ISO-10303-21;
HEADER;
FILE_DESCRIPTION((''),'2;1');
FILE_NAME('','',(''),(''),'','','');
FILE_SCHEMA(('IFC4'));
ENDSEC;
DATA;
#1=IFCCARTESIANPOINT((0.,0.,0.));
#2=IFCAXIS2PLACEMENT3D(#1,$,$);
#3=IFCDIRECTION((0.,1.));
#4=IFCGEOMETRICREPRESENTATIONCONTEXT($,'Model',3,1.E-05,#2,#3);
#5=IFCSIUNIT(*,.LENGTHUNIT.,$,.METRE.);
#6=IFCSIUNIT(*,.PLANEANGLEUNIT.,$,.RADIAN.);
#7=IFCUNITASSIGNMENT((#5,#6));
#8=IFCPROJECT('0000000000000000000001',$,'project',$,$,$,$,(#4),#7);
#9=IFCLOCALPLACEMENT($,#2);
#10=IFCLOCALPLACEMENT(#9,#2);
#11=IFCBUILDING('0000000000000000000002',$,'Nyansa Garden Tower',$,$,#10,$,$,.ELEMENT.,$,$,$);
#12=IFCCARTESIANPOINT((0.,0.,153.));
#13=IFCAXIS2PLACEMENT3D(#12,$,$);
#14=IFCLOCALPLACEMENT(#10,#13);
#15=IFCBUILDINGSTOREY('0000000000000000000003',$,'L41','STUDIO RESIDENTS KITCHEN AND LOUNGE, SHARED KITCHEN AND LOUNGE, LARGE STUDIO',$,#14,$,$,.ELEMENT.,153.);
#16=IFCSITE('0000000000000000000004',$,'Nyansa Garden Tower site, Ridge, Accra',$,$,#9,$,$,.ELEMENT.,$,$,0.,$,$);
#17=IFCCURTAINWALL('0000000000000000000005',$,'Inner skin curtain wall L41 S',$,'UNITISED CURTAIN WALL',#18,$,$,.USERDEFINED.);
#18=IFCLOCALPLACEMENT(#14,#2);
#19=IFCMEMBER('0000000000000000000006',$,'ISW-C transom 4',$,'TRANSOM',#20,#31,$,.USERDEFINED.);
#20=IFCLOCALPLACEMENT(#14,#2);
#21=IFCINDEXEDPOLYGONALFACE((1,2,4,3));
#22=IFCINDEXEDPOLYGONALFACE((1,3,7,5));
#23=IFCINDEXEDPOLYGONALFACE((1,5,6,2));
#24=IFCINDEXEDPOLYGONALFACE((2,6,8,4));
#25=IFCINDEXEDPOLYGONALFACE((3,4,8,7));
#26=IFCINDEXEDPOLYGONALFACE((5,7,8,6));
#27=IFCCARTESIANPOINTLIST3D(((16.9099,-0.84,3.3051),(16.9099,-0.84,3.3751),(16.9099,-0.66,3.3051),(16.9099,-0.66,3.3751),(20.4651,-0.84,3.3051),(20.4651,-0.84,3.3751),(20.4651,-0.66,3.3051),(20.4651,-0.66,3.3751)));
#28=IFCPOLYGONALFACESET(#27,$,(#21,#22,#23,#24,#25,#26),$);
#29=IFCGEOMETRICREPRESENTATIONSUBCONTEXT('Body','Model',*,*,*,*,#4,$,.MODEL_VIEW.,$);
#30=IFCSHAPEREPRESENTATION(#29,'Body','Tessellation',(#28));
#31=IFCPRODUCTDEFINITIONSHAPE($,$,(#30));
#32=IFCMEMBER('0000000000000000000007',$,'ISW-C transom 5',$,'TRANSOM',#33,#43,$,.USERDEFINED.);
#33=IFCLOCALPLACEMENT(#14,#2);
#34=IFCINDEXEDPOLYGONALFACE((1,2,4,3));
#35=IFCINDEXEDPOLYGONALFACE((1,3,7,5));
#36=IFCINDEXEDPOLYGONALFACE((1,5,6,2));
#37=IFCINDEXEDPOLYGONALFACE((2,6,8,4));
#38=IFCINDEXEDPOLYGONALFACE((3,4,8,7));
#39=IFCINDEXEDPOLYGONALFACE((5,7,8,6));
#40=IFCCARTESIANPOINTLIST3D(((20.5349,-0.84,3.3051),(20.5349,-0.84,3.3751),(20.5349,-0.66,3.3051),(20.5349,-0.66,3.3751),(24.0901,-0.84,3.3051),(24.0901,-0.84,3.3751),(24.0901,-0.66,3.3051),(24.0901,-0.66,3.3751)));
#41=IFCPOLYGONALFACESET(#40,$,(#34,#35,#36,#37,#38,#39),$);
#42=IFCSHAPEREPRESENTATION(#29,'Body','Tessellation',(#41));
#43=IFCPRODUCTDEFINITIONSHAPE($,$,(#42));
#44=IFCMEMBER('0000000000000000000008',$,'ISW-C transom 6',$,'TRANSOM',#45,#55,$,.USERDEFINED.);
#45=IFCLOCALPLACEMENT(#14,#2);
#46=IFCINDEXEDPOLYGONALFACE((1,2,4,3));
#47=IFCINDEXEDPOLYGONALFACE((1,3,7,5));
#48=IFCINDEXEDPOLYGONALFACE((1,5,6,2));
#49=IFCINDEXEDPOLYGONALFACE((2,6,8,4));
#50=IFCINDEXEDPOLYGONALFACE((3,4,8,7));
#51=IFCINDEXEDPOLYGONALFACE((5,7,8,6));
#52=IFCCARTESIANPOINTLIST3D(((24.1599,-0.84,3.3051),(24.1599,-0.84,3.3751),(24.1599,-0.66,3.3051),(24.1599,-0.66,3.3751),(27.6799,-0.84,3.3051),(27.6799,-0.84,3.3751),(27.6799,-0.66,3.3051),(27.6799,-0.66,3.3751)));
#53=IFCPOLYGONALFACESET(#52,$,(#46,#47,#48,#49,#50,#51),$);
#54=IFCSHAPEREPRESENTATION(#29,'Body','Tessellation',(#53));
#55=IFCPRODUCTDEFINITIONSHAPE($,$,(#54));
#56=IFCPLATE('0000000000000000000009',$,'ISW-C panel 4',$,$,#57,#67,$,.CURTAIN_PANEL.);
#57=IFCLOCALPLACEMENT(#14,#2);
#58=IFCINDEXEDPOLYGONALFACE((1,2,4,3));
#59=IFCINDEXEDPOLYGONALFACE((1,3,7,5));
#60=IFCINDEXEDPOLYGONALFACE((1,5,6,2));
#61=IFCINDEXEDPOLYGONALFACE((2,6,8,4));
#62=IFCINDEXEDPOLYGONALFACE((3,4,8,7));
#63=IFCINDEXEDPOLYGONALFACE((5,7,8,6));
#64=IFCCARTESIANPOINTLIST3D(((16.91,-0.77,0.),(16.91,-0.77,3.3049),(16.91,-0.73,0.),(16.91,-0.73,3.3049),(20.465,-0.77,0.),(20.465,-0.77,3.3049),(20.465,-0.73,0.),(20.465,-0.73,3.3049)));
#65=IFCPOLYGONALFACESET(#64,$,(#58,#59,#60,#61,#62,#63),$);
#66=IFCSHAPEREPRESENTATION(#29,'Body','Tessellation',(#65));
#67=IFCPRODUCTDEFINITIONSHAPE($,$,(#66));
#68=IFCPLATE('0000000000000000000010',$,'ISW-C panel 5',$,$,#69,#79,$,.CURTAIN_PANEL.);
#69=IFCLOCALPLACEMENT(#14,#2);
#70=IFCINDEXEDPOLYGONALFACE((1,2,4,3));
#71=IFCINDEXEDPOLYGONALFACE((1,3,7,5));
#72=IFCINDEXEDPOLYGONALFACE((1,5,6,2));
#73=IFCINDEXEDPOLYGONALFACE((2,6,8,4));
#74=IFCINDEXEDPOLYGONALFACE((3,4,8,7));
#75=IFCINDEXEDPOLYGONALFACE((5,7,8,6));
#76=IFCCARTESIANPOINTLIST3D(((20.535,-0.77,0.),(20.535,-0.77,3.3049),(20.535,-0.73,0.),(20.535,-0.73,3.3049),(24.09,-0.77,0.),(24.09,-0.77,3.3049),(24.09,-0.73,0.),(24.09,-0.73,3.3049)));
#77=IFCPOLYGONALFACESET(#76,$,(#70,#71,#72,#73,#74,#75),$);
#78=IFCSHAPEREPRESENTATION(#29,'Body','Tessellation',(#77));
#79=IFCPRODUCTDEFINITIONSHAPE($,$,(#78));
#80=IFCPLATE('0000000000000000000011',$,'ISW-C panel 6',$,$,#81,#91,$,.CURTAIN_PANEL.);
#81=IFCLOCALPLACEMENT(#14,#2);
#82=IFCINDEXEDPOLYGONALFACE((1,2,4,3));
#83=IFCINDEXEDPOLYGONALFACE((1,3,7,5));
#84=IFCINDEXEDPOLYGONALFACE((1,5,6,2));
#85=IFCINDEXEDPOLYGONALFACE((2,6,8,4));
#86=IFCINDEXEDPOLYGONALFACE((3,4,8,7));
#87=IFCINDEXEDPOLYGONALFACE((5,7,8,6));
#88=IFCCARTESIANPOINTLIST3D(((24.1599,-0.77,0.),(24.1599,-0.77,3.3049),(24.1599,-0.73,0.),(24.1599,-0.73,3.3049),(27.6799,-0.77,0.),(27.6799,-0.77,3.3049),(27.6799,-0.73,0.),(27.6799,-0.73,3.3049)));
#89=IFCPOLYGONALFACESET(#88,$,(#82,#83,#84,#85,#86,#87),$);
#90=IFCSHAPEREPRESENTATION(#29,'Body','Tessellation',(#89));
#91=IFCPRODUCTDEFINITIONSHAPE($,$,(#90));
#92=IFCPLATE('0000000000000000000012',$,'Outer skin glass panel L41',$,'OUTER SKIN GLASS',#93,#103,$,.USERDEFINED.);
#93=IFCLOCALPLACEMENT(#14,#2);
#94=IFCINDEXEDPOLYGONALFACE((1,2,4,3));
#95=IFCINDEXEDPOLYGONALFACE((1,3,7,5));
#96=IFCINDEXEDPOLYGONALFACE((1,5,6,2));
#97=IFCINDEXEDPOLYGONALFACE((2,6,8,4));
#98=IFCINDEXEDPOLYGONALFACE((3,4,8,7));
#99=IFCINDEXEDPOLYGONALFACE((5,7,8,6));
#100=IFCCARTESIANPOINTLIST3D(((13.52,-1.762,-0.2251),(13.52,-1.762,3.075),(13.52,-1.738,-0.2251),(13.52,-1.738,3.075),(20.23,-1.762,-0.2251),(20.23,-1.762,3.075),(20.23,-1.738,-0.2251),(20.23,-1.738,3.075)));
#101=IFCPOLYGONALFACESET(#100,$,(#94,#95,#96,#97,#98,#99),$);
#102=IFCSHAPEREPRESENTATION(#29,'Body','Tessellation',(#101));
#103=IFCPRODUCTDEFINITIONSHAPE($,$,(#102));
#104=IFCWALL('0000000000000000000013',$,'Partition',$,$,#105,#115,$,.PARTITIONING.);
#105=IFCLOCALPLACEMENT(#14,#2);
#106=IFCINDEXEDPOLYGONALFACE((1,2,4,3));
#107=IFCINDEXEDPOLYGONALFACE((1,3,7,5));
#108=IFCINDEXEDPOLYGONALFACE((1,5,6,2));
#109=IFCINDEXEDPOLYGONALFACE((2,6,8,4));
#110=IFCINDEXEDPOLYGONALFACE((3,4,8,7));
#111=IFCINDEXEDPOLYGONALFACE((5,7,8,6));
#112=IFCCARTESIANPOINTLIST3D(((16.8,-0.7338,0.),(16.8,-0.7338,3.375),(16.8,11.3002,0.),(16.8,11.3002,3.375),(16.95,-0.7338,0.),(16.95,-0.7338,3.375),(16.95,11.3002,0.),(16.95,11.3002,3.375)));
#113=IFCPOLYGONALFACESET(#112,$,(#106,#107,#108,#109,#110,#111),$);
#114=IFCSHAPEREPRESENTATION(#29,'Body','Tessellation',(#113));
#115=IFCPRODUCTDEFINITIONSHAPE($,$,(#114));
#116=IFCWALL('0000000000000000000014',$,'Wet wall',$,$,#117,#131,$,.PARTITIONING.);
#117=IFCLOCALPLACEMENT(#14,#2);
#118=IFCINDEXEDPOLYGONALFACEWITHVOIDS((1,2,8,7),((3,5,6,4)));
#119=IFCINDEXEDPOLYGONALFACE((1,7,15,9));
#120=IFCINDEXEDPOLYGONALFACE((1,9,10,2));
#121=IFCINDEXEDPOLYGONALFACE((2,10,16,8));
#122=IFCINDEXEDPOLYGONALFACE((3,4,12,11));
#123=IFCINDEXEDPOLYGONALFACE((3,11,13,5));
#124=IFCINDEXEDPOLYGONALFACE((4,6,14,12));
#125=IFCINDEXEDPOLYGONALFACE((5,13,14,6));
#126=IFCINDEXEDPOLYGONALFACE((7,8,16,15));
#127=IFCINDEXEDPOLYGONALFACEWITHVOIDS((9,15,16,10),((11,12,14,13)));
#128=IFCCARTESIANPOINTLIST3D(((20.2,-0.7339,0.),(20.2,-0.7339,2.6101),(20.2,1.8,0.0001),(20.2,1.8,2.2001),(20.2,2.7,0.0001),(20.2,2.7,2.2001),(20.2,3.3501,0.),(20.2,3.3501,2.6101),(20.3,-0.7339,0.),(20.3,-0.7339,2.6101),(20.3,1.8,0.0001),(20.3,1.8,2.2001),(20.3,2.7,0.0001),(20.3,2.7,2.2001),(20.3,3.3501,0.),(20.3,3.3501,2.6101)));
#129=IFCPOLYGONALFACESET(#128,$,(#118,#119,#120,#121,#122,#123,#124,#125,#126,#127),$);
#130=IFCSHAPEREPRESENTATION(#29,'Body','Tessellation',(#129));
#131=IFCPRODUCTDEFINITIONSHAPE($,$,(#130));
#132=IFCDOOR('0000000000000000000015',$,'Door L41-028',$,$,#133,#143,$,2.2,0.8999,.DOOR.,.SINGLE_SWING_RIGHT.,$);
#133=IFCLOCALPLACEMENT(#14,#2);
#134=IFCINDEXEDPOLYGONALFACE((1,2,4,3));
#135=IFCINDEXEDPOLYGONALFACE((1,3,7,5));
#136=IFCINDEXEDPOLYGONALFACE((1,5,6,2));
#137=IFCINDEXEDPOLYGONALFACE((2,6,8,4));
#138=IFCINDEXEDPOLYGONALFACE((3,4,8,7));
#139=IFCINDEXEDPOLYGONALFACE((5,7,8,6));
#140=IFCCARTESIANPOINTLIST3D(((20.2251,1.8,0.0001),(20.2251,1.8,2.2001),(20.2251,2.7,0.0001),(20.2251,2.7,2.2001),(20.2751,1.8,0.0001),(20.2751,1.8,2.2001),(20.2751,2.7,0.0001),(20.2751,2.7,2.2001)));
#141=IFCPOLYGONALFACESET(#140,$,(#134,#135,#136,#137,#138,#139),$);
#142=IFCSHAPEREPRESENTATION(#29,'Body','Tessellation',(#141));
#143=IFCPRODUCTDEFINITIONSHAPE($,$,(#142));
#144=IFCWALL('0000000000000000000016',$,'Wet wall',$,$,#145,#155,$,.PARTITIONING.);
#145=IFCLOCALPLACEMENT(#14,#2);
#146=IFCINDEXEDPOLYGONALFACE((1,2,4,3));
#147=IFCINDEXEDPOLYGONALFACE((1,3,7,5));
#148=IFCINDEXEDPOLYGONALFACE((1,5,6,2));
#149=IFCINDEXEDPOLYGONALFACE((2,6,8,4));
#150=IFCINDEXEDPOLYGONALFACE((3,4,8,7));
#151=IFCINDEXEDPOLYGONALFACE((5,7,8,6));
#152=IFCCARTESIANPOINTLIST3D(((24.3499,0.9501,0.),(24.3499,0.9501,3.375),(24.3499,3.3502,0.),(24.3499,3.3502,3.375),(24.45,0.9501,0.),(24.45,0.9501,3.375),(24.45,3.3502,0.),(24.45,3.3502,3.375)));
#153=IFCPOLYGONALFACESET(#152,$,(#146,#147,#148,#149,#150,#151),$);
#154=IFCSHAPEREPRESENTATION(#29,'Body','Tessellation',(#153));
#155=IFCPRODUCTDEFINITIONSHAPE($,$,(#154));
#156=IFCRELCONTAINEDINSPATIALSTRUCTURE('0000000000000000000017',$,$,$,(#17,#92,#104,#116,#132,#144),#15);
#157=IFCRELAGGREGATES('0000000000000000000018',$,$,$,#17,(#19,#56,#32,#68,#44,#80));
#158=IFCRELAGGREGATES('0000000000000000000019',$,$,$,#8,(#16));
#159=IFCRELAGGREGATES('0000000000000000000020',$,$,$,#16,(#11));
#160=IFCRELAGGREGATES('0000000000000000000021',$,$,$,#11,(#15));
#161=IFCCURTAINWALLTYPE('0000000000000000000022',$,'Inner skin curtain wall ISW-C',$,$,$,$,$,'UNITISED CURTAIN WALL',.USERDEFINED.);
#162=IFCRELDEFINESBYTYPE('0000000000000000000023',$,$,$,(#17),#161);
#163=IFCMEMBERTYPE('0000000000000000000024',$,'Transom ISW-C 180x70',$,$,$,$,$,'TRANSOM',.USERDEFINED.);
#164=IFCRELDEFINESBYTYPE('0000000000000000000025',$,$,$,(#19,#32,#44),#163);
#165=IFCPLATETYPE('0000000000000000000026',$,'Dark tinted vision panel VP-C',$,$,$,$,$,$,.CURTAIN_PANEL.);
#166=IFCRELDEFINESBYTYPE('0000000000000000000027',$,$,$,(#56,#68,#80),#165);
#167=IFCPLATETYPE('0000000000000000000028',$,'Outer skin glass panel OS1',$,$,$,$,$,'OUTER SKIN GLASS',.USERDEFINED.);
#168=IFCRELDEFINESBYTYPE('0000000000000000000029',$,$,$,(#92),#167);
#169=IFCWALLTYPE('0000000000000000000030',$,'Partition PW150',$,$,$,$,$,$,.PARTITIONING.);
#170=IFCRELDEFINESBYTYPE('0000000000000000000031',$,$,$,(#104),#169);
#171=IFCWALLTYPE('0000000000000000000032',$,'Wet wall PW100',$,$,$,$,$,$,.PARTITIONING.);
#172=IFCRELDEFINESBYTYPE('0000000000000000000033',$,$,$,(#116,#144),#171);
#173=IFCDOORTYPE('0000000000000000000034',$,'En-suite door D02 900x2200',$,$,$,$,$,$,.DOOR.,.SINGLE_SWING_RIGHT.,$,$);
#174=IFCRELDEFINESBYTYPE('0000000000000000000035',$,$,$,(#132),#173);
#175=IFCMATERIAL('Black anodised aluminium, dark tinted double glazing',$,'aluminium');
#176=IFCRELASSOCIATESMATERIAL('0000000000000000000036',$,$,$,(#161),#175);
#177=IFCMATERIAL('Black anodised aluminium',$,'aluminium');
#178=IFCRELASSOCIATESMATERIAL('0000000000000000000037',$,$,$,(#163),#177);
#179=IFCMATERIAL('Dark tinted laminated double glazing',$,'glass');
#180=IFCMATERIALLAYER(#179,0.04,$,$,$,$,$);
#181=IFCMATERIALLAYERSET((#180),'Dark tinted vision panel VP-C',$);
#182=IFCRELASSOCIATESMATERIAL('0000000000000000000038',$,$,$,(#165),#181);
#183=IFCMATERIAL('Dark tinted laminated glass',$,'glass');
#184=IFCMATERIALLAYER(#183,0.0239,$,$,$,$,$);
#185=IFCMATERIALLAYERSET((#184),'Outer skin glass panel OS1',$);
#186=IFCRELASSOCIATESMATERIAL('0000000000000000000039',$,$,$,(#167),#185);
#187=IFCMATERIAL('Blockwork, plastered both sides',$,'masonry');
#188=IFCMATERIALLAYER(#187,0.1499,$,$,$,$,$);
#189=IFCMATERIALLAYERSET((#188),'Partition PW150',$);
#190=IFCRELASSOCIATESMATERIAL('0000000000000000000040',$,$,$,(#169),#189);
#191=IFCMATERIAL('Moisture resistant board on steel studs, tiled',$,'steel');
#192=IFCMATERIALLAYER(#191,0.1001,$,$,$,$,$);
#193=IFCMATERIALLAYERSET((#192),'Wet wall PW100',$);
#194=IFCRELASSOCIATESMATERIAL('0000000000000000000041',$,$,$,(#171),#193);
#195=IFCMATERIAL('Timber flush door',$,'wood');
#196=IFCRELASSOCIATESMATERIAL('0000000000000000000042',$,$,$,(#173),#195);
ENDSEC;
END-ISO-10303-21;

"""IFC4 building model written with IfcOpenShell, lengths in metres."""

from ifc_helpers import new_model, si_unit, direction, frame, frame_2d, origin, origin_2d, place, context, subcontext, project, spatial, rectangle, extrude, material, layer, layer_set, material_profile, profile_set, type_object, element, fill, aggregate, save


model = new_model("IFC4")

# Units and contexts
model_context = context("Model", 3, precision=1e-05, world=origin(), true_north=direction((0.0, 1.0)))
body_context = subcontext(model_context, "Body", "Model", "MODEL_VIEW")
ifc_project = project(units=[si_unit("LENGTHUNIT", "METRE"), si_unit("PLANEANGLEUNIT", "RADIAN")], contexts=[model_context])

# Site, building, storey
site_placement = place(None, origin())
site = spatial("IfcSite", under=ifc_project, at=site_placement, Name="Nyansa Garden Tower site, Ridge, Accra", CompositionType="ELEMENT", RefElevation=0.0)
building_placement = place(site_placement, origin())
building = spatial("IfcBuilding", under=site, at=building_placement, Name="Nyansa Garden Tower", CompositionType="ELEMENT")
storey_placement = place(building_placement, frame((0.0, 0.0, 153.0)))
storey = spatial("IfcBuildingStorey", under=building, at=storey_placement, Name="L41", Description="STUDIO RESIDENTS KITCHEN AND LOUNGE, SHARED KITCHEN AND LOUNGE, LARGE STUDIO", CompositionType="ELEMENT", Elevation=153.0)

# Curtain wall
ifc_material_1 = material(Name="Black anodised aluminium, dark tinted double glazing", Category="aluminium")
curtain_wall_type = type_object("IfcCurtainWallType", Name="Inner skin curtain wall ISW-C", ElementType="UNITISED CURTAIN WALL", PredefinedType="USERDEFINED", material=ifc_material_1)
curtain_wall_placement = place(storey_placement, origin())
curtain_wall = element("IfcCurtainWall", 1, at=curtain_wall_placement, inside=storey, type_object=curtain_wall_type, Name="Inner skin curtain wall L41 S", ObjectType="UNITISED CURTAIN WALL", PredefinedType="USERDEFINED")

# Members
ifc_material_2 = material(Name="Black anodised aluminium", Category="aluminium")
ifc_material_profile_1 = material_profile(ifc_material_2, rectangle(XDim=0.1799, YDim=0.0701, at=origin_2d()), Name="Transom 180x70")
ifc_profile_set_1 = profile_set([ifc_material_profile_1], Name="Black anodised aluminium")
member_type_1 = type_object("IfcMemberType", Name="Transom ISW-C 180x70", ElementType="TRANSOM", PredefinedType="USERDEFINED", material=ifc_profile_set_1)
member_1_placement = place(storey_placement, frame((16.9099, -0.75, 3.3401), z_axis=(1.0, 0.0, 0.0), x_axis=(0.0, 1.0, 0.0)))
member_1 = element("IfcMember", 2, at=member_1_placement, type_object=member_type_1, Name="ISW-C transom 4", ObjectType="TRANSOM", PredefinedType="USERDEFINED", context=body_context, shape_type="SweptSolid", body=[
    extrude(rectangle(XDim=0.1799, YDim=0.0701, at=origin_2d()), origin(), (0.0, 0.0, 1.0), 3.5552),
])
member_2_placement = place(storey_placement, frame((20.5349, -0.75, 3.3401), z_axis=(1.0, 0.0, 0.0), x_axis=(0.0, 1.0, 0.0)))
member_2 = element("IfcMember", 3, at=member_2_placement, type_object=member_type_1, Name="ISW-C transom 5", ObjectType="TRANSOM", PredefinedType="USERDEFINED", context=body_context, shape_type="SweptSolid", body=[
    extrude(rectangle(XDim=0.1799, YDim=0.0701, at=origin_2d()), origin(), (0.0, 0.0, 1.0), 3.5552),
])
member_3_placement = place(storey_placement, frame((24.1599, -0.75, 3.3401), z_axis=(1.0, 0.0, 0.0), x_axis=(0.0, 1.0, 0.0)))
member_3 = element("IfcMember", 4, at=member_3_placement, type_object=member_type_1, Name="ISW-C transom 6", ObjectType="TRANSOM", PredefinedType="USERDEFINED", context=body_context, shape_type="SweptSolid", body=[
    extrude(rectangle(XDim=0.1799, YDim=0.0701, at=origin_2d()), origin(), (0.0, 0.0, 1.0), 3.52),
])

# Plates
ifc_material_3 = material(Name="Dark tinted laminated double glazing", Category="glass")
ifc_layer_1 = layer(ifc_material_3, 0.04)
ifc_layer_set_1 = layer_set([ifc_layer_1], Name="Dark tinted vision panel VP-C")
plate_type_1 = type_object("IfcPlateType", Name="Dark tinted vision panel VP-C", PredefinedType="CURTAIN_PANEL", material=ifc_layer_set_1)
plate_1_placement = place(storey_placement, frame((18.6875, -0.75, 0.0), z_axis=(0.0, 0.0, 1.0), x_axis=(1.0, 0.0, 0.0)))
plate_1 = element("IfcPlate", 5, at=plate_1_placement, type_object=plate_type_1, Name="ISW-C panel 4", PredefinedType="CURTAIN_PANEL", context=body_context, shape_type="SweptSolid", body=[
    extrude(rectangle(XDim=3.5549, YDim=0.04, at=origin_2d()), origin(), (0.0, 0.0, 1.0), 3.3049),
])
plate_2_placement = place(storey_placement, frame((22.3125, -0.75, 0.0), z_axis=(0.0, 0.0, 1.0), x_axis=(1.0, 0.0, 0.0)))
plate_2 = element("IfcPlate", 6, at=plate_2_placement, type_object=plate_type_1, Name="ISW-C panel 5", PredefinedType="CURTAIN_PANEL", context=body_context, shape_type="SweptSolid", body=[
    extrude(rectangle(XDim=3.5549, YDim=0.04, at=origin_2d()), origin(), (0.0, 0.0, 1.0), 3.3049),
])
plate_3_placement = place(storey_placement, frame((25.9199, -0.75, 0.0), z_axis=(0.0, 0.0, 1.0), x_axis=(1.0, 0.0, 0.0)))
plate_3 = element("IfcPlate", 7, at=plate_3_placement, type_object=plate_type_1, Name="ISW-C panel 6", PredefinedType="CURTAIN_PANEL", context=body_context, shape_type="SweptSolid", body=[
    extrude(rectangle(XDim=3.52, YDim=0.04, at=origin_2d()), origin(), (0.0, 0.0, 1.0), 3.3049),
])
aggregate(curtain_wall, [member_1, plate_1, member_2, plate_2, member_3, plate_3])
ifc_material_4 = material(Name="Dark tinted laminated glass", Category="glass")
ifc_layer_2 = layer(ifc_material_4, 0.0239)
ifc_layer_set_2 = layer_set([ifc_layer_2], Name="Outer skin glass panel OS1")
plate_type_2 = type_object("IfcPlateType", Name="Outer skin glass panel OS1", ElementType="OUTER SKIN GLASS", PredefinedType="USERDEFINED", material=ifc_layer_set_2)
plate_4_placement = place(storey_placement, frame((16.875, -1.75, -0.2251), z_axis=(0.0, 0.0, 1.0), x_axis=(1.0, 0.0, 0.0)))
element("IfcPlate", 8, at=plate_4_placement, inside=storey, type_object=plate_type_2, Name="Outer skin glass panel L41", ObjectType="OUTER SKIN GLASS", PredefinedType="USERDEFINED", context=body_context, shape_type="SweptSolid", body=[
    extrude(rectangle(XDim=6.71, YDim=0.0239, at=origin_2d()), origin(), (0.0, 0.0, 1.0), 3.3),
])

# Wall
ifc_material_5 = material(Name="Blockwork, plastered both sides", Category="masonry")
ifc_layer_3 = layer(ifc_material_5, 0.1499)
ifc_layer_set_3 = layer_set([ifc_layer_3], Name="Partition PW150")
wall_type_1 = type_object("IfcWallType", Name="Partition PW150", PredefinedType="PARTITIONING", material=ifc_layer_set_3)
wall_1_placement = place(storey_placement, frame((16.875, -0.7339, 0.0), z_axis=(0.0, 0.0, 1.0), x_axis=(0.0, 1.0, 0.0)))
element("IfcWall", 9, at=wall_1_placement, inside=storey, type_object=wall_type_1, Name="Partition", PredefinedType="PARTITIONING", context=body_context, shape_type="SweptSolid", body=[
    extrude(rectangle(XDim=12.0339, YDim=0.1499, at=frame_2d((6.0171, 0.0))), origin(), (0.0, 0.0, 1.0), 3.375),
])

# Wall, opening, door
ifc_material_6 = material(Name="Moisture resistant board on steel studs, tiled", Category="steel")
ifc_layer_4 = layer(ifc_material_6, 0.1001)
ifc_layer_set_4 = layer_set([ifc_layer_4], Name="Wet wall PW100")
wall_type_2 = type_object("IfcWallType", Name="Wet wall PW100", PredefinedType="PARTITIONING", material=ifc_layer_set_4)
wall_2_placement = place(storey_placement, frame((20.25, -0.7339, 0.0), z_axis=(0.0, 0.0, 1.0), x_axis=(0.0, 1.0, 0.0)))
wall_2 = element("IfcWall", 10, at=wall_2_placement, inside=storey, type_object=wall_type_2, Name="Wet wall", PredefinedType="PARTITIONING", context=body_context, shape_type="SweptSolid", body=[
    extrude(rectangle(XDim=4.084, YDim=0.1001, at=frame_2d((2.042, 0.0))), origin(), (0.0, 0.0, 1.0), 2.6101),
])
opening_1_placement = place(wall_2_placement, frame((2.5339, 0.0, 0.0)))
opening_1 = element("IfcOpeningElement", 11, at=opening_1_placement, cuts=wall_2, PredefinedType="OPENING", context=body_context, shape_type="SweptSolid", body=[
    extrude(rectangle(XDim=0.8999, YDim=2.2, at=frame_2d((0.45, 1.1001))), frame((0.0, 0.0601, 0.0), z_axis=(0.0, -1.0, 0.0), x_axis=(1.0, 0.0, 0.0)), (0.0, 0.0, 1.0), 0.1201),
])
ifc_material_7 = material(Name="Timber flush door", Category="wood")
door_type = type_object("IfcDoorType", Name="En-suite door D02 900x2200", OperationType="SINGLE_SWING_RIGHT", PredefinedType="DOOR", material=ifc_material_7)
door_1_placement = place(opening_1_placement, origin())
door_1 = element("IfcDoor", 12, at=door_1_placement, inside=storey, type_object=door_type, Name="Door L41-028", OperationType="SINGLE_SWING_RIGHT", OverallHeight=2.2, OverallWidth=0.8999, PredefinedType="DOOR", context=body_context, shape_type="SweptSolid", body=[
    extrude(rectangle(XDim=0.8999, YDim=2.2, at=frame_2d((0.45, 1.1001))), frame((0.0, 0.0249, 0.0), z_axis=(0.0, -1.0, 0.0), x_axis=(1.0, 0.0, 0.0)), (0.0, 0.0, 1.0), 0.05),
])
fill(opening_1, door_1)

# Wall
wall_3_placement = place(storey_placement, frame((24.3999, 0.95, 0.0), z_axis=(0.0, 0.0, 1.0), x_axis=(0.0, 1.0, 0.0)))
element("IfcWall", 13, at=wall_3_placement, inside=storey, type_object=wall_type_2, Name="Wet wall", PredefinedType="PARTITIONING", context=body_context, shape_type="SweptSolid", body=[
    extrude(rectangle(XDim=2.4001, YDim=0.1001, at=frame_2d((1.2002, 0.0))), origin(), (0.0, 0.0, 1.0), 3.375),
])

save(model, "model.ifc")
